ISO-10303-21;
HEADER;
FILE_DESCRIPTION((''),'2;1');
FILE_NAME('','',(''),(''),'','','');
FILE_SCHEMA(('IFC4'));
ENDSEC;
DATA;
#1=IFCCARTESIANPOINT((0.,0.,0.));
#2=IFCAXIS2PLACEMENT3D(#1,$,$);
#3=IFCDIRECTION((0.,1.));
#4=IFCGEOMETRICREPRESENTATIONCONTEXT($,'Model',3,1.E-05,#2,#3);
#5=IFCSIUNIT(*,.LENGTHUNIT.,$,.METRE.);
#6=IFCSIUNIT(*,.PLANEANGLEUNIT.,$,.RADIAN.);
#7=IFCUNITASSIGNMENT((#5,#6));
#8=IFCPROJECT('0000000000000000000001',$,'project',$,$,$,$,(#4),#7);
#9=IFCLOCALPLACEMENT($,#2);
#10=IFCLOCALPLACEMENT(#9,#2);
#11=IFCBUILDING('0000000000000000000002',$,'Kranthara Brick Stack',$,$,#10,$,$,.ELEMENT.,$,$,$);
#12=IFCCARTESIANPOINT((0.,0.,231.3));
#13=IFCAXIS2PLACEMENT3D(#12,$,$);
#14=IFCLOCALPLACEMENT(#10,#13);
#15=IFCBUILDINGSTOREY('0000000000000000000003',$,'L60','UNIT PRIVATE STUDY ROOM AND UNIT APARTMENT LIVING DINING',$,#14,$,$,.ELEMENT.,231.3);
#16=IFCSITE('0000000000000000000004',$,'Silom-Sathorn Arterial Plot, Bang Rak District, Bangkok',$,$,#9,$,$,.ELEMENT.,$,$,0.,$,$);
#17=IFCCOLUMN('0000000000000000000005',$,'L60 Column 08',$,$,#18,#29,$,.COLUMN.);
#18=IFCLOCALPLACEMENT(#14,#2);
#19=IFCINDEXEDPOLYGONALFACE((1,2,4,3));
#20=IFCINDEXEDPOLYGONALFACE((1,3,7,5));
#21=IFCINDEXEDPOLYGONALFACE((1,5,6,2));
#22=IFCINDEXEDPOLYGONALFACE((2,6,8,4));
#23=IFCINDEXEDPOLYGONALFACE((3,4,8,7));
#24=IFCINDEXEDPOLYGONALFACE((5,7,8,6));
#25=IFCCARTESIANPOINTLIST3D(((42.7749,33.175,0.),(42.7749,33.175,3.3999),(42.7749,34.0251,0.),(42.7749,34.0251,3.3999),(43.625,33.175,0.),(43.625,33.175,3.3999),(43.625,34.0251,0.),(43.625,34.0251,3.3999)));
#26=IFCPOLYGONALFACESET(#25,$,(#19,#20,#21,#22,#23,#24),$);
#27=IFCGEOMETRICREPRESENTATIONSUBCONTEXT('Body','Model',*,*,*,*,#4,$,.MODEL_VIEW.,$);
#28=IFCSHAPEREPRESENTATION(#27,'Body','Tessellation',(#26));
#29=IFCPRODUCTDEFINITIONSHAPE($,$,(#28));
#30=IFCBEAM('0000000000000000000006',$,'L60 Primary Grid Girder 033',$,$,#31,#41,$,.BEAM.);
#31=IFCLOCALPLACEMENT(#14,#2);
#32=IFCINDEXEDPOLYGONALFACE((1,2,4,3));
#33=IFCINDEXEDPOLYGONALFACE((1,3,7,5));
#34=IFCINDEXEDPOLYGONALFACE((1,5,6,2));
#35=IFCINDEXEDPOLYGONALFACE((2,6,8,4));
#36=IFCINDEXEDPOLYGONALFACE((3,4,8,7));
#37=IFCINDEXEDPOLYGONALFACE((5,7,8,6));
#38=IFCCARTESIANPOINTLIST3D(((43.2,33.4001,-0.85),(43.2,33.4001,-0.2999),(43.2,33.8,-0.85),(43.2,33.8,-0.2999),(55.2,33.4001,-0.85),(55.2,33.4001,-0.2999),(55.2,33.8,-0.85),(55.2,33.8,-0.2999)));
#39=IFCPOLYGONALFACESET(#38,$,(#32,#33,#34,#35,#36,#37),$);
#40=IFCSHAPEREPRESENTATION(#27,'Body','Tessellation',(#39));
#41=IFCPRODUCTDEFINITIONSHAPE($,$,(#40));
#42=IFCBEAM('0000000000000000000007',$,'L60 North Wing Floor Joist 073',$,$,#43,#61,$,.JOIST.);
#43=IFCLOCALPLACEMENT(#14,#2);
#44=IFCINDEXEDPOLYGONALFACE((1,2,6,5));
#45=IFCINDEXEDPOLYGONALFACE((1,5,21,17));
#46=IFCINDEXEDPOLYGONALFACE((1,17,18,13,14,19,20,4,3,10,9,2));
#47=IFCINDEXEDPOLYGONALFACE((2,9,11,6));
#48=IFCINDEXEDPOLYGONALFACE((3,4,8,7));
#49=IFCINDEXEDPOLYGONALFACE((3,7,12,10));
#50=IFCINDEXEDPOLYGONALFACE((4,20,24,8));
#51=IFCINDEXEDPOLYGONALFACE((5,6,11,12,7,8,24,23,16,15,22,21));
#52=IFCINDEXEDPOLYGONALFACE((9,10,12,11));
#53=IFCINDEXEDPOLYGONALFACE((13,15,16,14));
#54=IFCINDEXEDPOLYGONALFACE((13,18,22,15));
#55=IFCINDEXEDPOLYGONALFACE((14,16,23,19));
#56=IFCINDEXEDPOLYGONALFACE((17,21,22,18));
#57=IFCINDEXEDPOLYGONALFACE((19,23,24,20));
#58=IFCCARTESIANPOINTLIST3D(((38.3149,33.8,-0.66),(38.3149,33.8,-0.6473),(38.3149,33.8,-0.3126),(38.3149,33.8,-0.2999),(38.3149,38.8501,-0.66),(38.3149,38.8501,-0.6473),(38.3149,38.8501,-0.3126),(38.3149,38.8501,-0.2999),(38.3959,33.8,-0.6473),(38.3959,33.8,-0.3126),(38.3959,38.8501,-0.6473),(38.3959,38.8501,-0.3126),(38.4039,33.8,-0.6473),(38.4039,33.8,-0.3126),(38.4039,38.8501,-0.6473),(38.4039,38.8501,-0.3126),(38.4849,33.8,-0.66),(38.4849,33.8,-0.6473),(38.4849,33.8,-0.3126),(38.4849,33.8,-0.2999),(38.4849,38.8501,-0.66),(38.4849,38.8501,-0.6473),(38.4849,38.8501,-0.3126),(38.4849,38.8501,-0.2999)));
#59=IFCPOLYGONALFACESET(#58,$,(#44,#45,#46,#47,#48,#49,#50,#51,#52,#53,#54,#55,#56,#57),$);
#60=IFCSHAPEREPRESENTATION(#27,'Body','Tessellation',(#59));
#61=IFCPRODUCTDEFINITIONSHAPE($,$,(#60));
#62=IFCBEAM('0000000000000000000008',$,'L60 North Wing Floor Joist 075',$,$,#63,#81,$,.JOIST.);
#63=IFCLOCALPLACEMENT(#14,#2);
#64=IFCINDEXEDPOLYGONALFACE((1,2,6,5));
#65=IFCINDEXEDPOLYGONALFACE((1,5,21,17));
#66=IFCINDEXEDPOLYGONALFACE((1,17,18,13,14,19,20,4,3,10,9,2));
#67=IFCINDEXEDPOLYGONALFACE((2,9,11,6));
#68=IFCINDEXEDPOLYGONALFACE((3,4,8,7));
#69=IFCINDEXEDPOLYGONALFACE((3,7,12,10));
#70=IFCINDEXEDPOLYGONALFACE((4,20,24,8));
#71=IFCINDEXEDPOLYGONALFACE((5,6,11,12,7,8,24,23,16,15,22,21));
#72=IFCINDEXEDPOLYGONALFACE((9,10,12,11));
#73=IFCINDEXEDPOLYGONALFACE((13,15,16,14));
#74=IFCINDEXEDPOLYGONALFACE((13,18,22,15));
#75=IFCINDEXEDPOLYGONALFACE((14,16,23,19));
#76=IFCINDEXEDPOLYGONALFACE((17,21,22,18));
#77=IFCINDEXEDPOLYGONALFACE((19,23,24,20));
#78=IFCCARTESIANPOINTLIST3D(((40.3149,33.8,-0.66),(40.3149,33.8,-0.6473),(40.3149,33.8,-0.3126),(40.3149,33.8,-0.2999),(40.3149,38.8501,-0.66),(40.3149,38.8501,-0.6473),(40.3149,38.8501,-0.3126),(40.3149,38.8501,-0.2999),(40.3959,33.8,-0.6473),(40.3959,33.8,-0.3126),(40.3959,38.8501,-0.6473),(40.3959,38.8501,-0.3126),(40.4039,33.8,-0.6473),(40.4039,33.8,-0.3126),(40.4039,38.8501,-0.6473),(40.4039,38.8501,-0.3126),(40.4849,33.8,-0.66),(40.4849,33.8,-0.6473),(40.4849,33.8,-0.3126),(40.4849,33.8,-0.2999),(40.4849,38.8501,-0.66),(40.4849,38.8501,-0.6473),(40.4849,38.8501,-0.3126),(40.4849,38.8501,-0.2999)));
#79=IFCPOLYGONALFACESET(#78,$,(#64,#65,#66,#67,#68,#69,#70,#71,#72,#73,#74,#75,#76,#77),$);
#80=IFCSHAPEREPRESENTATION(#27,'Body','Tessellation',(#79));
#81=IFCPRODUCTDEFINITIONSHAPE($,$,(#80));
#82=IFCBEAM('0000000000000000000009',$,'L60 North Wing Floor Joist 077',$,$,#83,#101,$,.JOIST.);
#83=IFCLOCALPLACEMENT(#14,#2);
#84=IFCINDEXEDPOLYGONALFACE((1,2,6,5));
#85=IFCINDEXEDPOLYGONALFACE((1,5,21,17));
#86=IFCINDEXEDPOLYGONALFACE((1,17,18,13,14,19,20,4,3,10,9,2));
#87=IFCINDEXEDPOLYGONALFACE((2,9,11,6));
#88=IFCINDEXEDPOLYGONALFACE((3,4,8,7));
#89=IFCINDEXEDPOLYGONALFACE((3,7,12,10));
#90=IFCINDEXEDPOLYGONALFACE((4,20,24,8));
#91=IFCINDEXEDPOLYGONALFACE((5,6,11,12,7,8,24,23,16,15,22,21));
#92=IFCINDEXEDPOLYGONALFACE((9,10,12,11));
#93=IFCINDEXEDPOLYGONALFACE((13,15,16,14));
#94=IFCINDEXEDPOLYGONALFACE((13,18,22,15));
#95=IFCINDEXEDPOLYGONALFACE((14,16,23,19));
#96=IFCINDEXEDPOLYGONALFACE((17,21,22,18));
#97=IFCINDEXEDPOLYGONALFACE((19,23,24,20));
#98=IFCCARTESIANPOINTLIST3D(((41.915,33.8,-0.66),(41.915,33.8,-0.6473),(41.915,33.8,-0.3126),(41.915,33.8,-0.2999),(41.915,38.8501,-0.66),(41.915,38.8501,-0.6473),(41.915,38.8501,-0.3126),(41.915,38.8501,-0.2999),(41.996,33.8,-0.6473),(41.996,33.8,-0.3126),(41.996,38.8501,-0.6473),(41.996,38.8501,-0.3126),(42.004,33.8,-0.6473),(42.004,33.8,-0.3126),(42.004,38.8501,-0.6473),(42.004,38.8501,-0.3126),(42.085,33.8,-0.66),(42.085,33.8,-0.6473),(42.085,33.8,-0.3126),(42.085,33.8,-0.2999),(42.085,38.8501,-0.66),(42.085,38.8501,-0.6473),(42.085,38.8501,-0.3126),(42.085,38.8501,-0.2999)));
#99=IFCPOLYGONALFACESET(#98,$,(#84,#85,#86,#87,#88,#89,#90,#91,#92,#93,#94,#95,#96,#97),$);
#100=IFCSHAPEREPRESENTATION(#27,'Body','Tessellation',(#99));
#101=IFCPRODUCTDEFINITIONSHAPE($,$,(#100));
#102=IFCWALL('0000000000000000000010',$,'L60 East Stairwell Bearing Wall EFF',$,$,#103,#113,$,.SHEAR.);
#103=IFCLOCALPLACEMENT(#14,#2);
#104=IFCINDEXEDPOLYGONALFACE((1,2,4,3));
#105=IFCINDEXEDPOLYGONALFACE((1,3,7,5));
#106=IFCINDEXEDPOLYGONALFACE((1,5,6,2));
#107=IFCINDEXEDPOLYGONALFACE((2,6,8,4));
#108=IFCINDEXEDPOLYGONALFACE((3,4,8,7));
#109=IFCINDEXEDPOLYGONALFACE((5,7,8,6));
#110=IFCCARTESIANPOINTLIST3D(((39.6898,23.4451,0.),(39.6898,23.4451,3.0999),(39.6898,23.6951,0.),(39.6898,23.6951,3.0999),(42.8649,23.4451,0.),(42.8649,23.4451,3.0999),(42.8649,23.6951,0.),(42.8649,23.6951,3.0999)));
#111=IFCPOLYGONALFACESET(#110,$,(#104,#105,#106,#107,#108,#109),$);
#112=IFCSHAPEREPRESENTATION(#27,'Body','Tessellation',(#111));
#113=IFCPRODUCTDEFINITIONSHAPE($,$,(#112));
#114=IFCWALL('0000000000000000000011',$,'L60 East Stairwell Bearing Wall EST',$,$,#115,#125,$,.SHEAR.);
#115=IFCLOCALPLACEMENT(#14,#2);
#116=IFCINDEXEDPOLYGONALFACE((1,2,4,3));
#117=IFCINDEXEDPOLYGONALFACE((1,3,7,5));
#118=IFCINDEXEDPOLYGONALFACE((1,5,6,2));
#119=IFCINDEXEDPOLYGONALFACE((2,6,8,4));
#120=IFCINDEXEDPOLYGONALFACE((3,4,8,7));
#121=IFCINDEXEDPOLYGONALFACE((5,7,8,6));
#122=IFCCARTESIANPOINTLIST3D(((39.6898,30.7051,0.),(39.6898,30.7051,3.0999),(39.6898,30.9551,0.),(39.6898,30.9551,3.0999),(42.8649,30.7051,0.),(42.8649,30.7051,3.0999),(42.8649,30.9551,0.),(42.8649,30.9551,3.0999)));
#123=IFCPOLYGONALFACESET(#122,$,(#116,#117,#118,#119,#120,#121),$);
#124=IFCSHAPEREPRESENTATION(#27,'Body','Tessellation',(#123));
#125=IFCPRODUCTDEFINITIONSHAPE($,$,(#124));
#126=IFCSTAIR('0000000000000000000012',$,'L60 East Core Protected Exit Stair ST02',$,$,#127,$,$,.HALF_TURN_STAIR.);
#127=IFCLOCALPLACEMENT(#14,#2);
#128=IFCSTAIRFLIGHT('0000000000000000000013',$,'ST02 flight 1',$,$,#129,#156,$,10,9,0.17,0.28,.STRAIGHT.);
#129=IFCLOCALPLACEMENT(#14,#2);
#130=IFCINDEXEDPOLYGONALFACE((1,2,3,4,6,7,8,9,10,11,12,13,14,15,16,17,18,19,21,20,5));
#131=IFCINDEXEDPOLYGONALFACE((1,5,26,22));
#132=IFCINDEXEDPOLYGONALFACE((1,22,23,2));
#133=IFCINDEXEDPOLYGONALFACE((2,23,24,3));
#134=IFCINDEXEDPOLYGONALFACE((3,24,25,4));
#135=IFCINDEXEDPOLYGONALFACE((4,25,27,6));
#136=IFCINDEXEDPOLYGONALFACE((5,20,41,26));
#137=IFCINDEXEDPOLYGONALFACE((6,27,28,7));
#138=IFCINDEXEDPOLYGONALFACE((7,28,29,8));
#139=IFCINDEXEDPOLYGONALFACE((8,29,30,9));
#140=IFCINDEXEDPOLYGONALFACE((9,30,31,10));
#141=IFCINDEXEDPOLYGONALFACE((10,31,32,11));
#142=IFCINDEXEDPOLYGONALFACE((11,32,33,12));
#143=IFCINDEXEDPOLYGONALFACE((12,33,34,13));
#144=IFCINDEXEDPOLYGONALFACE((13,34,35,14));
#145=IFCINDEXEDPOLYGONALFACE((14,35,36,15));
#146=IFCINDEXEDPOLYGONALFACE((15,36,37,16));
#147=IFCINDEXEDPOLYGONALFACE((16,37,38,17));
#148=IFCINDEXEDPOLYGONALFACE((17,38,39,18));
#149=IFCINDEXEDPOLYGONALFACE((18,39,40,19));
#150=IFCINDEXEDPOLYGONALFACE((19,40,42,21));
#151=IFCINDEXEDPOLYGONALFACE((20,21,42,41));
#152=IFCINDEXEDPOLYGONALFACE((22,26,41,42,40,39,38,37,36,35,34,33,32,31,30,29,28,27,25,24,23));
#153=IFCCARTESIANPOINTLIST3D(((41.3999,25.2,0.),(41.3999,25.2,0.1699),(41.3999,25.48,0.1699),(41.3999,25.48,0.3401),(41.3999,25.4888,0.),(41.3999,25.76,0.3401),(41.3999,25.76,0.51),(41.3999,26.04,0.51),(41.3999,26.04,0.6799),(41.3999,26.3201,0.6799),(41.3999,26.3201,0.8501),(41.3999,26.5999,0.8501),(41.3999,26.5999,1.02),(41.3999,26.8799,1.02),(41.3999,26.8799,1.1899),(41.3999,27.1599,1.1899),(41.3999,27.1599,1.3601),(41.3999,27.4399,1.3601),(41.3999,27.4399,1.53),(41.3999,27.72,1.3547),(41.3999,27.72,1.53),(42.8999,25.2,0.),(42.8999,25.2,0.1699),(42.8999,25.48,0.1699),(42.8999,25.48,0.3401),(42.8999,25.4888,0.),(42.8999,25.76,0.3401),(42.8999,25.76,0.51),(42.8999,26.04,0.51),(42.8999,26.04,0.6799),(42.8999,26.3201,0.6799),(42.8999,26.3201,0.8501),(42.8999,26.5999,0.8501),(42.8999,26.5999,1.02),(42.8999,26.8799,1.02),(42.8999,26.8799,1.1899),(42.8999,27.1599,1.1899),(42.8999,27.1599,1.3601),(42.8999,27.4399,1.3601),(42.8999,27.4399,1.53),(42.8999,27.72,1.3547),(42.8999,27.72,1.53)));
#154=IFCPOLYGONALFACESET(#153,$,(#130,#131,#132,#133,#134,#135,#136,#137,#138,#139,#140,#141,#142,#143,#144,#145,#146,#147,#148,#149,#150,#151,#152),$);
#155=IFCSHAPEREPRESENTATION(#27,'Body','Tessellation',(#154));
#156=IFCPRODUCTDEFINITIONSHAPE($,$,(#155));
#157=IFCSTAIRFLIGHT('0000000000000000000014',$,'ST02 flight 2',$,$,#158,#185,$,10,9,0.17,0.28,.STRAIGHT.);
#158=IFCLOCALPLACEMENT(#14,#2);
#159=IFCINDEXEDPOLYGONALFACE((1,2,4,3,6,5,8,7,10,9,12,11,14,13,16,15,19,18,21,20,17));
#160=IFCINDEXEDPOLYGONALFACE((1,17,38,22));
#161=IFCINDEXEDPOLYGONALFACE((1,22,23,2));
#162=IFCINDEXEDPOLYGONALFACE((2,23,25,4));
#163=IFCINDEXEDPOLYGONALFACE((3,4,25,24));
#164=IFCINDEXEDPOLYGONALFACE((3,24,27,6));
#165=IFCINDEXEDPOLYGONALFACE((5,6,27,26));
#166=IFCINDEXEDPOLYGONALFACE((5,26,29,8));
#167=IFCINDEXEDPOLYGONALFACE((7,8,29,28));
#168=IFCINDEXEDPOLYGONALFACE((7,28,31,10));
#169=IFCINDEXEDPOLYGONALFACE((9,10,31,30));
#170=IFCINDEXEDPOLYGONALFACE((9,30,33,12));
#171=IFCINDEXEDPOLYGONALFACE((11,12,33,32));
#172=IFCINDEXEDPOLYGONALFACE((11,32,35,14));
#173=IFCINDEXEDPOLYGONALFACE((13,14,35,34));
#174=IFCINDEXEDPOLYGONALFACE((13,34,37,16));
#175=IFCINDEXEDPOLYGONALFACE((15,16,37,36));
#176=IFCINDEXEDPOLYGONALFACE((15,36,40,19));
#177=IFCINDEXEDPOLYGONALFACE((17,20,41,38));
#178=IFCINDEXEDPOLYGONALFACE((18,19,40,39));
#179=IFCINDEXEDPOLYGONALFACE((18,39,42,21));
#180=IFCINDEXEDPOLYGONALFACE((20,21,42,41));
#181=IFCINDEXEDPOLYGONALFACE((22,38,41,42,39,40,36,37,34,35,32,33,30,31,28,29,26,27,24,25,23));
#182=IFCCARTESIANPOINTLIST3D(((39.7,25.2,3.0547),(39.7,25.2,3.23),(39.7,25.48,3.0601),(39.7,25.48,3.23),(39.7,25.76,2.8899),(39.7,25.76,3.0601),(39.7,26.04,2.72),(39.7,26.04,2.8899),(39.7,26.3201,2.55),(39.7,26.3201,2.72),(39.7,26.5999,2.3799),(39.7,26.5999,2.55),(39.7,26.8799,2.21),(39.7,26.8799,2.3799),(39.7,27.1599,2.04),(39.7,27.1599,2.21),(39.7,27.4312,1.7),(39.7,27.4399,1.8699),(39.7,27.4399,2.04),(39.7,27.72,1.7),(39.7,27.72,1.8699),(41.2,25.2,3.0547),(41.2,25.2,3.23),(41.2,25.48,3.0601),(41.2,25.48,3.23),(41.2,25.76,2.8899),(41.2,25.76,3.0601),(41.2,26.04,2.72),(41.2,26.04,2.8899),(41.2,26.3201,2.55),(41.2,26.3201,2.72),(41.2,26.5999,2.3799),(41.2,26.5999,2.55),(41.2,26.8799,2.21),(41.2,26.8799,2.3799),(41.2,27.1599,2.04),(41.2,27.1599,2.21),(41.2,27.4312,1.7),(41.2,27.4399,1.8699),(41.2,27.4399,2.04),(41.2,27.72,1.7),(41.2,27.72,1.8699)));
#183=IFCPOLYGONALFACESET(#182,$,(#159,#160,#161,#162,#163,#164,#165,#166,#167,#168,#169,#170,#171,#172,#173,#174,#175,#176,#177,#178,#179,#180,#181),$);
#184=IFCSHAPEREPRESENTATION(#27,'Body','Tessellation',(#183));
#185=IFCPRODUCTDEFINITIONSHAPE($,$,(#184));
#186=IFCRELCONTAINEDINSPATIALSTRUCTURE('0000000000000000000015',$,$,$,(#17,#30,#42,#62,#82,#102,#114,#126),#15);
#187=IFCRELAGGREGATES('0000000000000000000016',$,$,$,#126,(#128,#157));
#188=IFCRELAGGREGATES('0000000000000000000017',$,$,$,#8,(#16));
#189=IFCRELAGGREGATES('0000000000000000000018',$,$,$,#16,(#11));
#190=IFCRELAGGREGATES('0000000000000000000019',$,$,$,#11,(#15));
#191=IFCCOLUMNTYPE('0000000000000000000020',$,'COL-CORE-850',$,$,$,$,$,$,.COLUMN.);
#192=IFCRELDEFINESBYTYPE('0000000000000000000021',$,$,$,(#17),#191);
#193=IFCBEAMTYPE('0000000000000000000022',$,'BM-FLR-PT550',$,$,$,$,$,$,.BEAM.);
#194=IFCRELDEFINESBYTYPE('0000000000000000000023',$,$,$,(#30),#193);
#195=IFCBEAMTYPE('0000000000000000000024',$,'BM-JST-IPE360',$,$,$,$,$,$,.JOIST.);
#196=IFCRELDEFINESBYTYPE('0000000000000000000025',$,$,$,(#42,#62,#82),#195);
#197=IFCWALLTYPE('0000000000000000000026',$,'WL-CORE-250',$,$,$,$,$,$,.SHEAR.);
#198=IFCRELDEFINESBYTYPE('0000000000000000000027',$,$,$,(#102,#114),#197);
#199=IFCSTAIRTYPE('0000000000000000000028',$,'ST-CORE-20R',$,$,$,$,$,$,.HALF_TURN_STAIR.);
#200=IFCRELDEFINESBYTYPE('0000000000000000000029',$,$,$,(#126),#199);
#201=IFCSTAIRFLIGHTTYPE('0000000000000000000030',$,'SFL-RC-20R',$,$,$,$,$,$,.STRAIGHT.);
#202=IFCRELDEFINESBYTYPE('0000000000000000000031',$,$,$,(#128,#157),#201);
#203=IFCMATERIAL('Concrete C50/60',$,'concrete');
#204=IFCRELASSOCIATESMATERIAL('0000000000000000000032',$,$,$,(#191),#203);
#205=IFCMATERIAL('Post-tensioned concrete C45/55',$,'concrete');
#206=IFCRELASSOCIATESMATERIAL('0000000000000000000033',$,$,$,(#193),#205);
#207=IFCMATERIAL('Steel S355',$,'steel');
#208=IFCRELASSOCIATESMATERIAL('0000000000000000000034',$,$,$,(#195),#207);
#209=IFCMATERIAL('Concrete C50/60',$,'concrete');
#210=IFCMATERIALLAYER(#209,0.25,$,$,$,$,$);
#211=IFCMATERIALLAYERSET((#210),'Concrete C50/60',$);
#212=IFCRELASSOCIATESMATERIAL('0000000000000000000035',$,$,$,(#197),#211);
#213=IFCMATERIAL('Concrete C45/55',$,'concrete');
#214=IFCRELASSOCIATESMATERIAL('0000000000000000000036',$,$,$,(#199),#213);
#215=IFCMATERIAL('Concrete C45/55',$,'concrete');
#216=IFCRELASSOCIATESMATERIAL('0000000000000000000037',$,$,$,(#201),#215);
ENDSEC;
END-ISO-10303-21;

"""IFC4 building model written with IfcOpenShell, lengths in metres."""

from ifc_helpers import new_model, si_unit, direction, frame, frame_2d, origin, origin_2d, place, context, subcontext, project, spatial, polyline, rectangle, i_section, outline, extrude, material, layer, layer_set, material_profile, profile_set, type_object, element, aggregate, save


model = new_model("IFC4")

# Units and contexts
model_context = context("Model", 3, precision=1e-05, world=origin(), true_north=direction((0.0, 1.0)))
body_context = subcontext(model_context, "Body", "Model", "MODEL_VIEW")
ifc_project = project(units=[si_unit("LENGTHUNIT", "METRE"), si_unit("PLANEANGLEUNIT", "RADIAN")], contexts=[model_context])

# Site, building, storey
site_placement = place(None, origin())
site = spatial("IfcSite", under=ifc_project, at=site_placement, Name="Silom-Sathorn Arterial Plot, Bang Rak District, Bangkok", CompositionType="ELEMENT", RefElevation=0.0)
building_placement = place(site_placement, origin())
building = spatial("IfcBuilding", under=site, at=building_placement, Name="Kranthara Brick Stack", CompositionType="ELEMENT")
storey_placement = place(building_placement, frame((0.0, 0.0, 231.3)))
storey = spatial("IfcBuildingStorey", under=building, at=storey_placement, Name="L60", Description="UNIT PRIVATE STUDY ROOM AND UNIT APARTMENT LIVING DINING", CompositionType="ELEMENT", Elevation=231.3)

# Column
ifc_material_1 = material(Name="Concrete C50/60", Category="concrete")
ifc_material_profile_1 = material_profile(ifc_material_1, rectangle(XDim=0.8501, YDim=0.8501, at=origin_2d()), Name="RC 850x850")
ifc_profile_set_1 = profile_set([ifc_material_profile_1], Name="Concrete C50/60")
column_type = type_object("IfcColumnType", Name="COL-CORE-850", PredefinedType="COLUMN", material=ifc_profile_set_1)
column_placement = place(storey_placement, frame((43.2, 33.6001, 0.0), z_axis=(0.0, 0.0, 1.0), x_axis=(1.0, 0.0, 0.0)))
element("IfcColumn", 1, at=column_placement, inside=storey, type_object=column_type, Name="L60 Column 08", PredefinedType="COLUMN", context=body_context, shape_type="SweptSolid", body=[
    extrude(rectangle(XDim=0.8501, YDim=0.8501, at=origin_2d()), origin(), (0.0, 0.0, 1.0), 3.3999),
])

# Beams
ifc_material_2 = material(Name="Post-tensioned concrete C45/55", Category="concrete")
ifc_material_profile_2 = material_profile(ifc_material_2, rectangle(XDim=0.3999, YDim=0.55, at=origin_2d()), Name="PT 400x550")
ifc_profile_set_2 = profile_set([ifc_material_profile_2], Name="Post-tensioned concrete C45/55")
beam_type_1 = type_object("IfcBeamType", Name="BM-FLR-PT550", PredefinedType="BEAM", material=ifc_profile_set_2)
beam_placement = place(storey_placement, frame((43.2, 33.6001, -0.575), z_axis=(1.0, 0.0, 0.0), x_axis=(0.0, 1.0, 0.0)))
element("IfcBeam", 2, at=beam_placement, inside=storey, type_object=beam_type_1, Name="L60 Primary Grid Girder 033", PredefinedType="BEAM", context=body_context, shape_type="SweptSolid", body=[
    extrude(rectangle(XDim=0.3999, YDim=0.55, at=origin_2d()), origin(), (0.0, 0.0, 1.0), 12.0),
])
ifc_material_3 = material(Name="Steel S355", Category="steel")
ifc_material_profile_3 = material_profile(ifc_material_3, i_section(OverallWidth=0.1699, OverallDepth=0.3601, WebThickness=0.0081, FlangeThickness=0.0127, at=origin_2d()), Name="IPE 360")
ifc_profile_set_3 = profile_set([ifc_material_profile_3], Name="Steel S355")
beam_type_2 = type_object("IfcBeamType", Name="BM-JST-IPE360", PredefinedType="JOIST", material=ifc_profile_set_3)
for number, where, z_axis, x_axis, name in (
    (3, (38.3999, 33.8, -0.48), (0.0, 1.0, 0.0), (-1.0, 0.0, 0.0), "L60 North Wing Floor Joist 073"),
    (4, (40.3999, 33.8, -0.48), (0.0, 1.0, 0.0), (-1.0, 0.0, 0.0), "L60 North Wing Floor Joist 075"),
    (5, (42.0, 33.8, -0.48), (0.0, 1.0, 0.0), (-1.0, 0.0, 0.0), "L60 North Wing Floor Joist 077"),
):
    element("IfcBeam", number, at=place(storey_placement, frame(where, z_axis=z_axis, x_axis=x_axis)), inside=storey, type_object=beam_type_2, Name=name, PredefinedType="JOIST", context=body_context, shape_type="SweptSolid", body=[
        extrude(i_section(OverallWidth=0.1699, OverallDepth=0.3601, WebThickness=0.0081, FlangeThickness=0.0127, at=origin_2d()), origin(), (0.0, 0.0, 1.0), 5.05),
    ])

# Walls
ifc_material_4 = material(Name="Concrete C50/60", Category="concrete")
ifc_layer = layer(ifc_material_4, 0.25)
ifc_layer_set = layer_set([ifc_layer], Name="Concrete C50/60")
wall_type = type_object("IfcWallType", Name="WL-CORE-250", PredefinedType="SHEAR", material=ifc_layer_set)
for number, where, z_axis, x_axis, name in (
    (6, (39.6899, 23.5701, 0.0), (0.0, 0.0, 1.0), (1.0, 0.0, 0.0), "L60 East Stairwell Bearing Wall EFF"),
    (7, (39.6899, 30.8301, 0.0), (0.0, 0.0, 1.0), (1.0, 0.0, 0.0), "L60 East Stairwell Bearing Wall EST"),
):
    element("IfcWall", number, at=place(storey_placement, frame(where, z_axis=z_axis, x_axis=x_axis)), inside=storey, type_object=wall_type, Name=name, PredefinedType="SHEAR", context=body_context, shape_type="SweptSolid", body=[
        extrude(rectangle(XDim=3.175, YDim=0.25, at=frame_2d((1.5874, 0.0))), origin(), (0.0, 0.0, 1.0), 3.0999),
    ])

# Stair, stair flights
ifc_material_5 = material(Name="Concrete C45/55", Category="concrete")
stair_type = type_object("IfcStairType", Name="ST-CORE-20R", PredefinedType="HALF_TURN_STAIR", material=ifc_material_5)
stair_placement = place(storey_placement, origin())
stair = element("IfcStair", 8, at=stair_placement, inside=storey, type_object=stair_type, Name="L60 East Core Protected Exit Stair ST02", PredefinedType="HALF_TURN_STAIR")
ifc_material_6 = material(Name="Concrete C45/55", Category="concrete")
stair_flight_type = type_object("IfcStairFlightType", Name="SFL-RC-20R", PredefinedType="STRAIGHT", material=ifc_material_6)
stair_flight_1_placement = place(storey_placement, frame((42.1499, 25.2, 0.0), z_axis=(0.0, 0.0, 1.0), x_axis=(0.0, 1.0, 0.0)))
stair_flight_1 = element("IfcStairFlight", 9, at=stair_flight_1_placement, type_object=stair_flight_type, Name="ST02 flight 1", NumberOfRisers=10, NumberOfTreads=9, PredefinedType="STRAIGHT", RiserHeight=0.17, TreadLength=0.28, context=body_context, shape_type="SweptSolid", body=[
    extrude(outline(polyline([(0.0, 0.0), (0.0, 0.1699), (0.28, 0.1699), (0.28, 0.3401), (0.5601, 0.3401), (0.5601, 0.51), (0.8401, 0.51), (0.8401, 0.6799), (1.1201, 0.6799), (1.1201, 0.8501), (1.3999, 0.8501), (1.3999, 1.02), (1.6799, 1.02), (1.6799, 1.1899), (1.96, 1.1899), (1.96, 1.3601), (2.24, 1.3601), (2.24, 1.53), (2.52, 1.53), (2.52, 1.7), (2.52, 1.3547), (0.2888, 0.0), (0.0, 0.0)])), frame((0.0, 0.75, 0.0), z_axis=(0.0, -1.0, 0.0), x_axis=(1.0, 0.0, 0.0)), (0.0, 0.0, 1.0), 1.5),
])
stair_flight_2_placement = place(storey_placement, frame((40.45, 27.72, 1.7), z_axis=(0.0, 0.0, 1.0), x_axis=(0.0, -1.0, 0.0)))
stair_flight_2 = element("IfcStairFlight", 10, at=stair_flight_2_placement, type_object=stair_flight_type, Name="ST02 flight 2", NumberOfRisers=10, NumberOfTreads=9, PredefinedType="STRAIGHT", RiserHeight=0.17, TreadLength=0.28, context=body_context, shape_type="SweptSolid", body=[
    extrude(outline(polyline([(0.0, 0.0), (0.0, 0.1699), (0.28, 0.1699), (0.28, 0.3401), (0.5601, 0.3401), (0.5601, 0.51), (0.8401, 0.51), (0.8401, 0.6799), (1.1201, 0.6799), (1.1201, 0.8501), (1.3999, 0.8501), (1.3999, 1.02), (1.6799, 1.02), (1.6799, 1.1899), (1.96, 1.1899), (1.96, 1.3601), (2.24, 1.3601), (2.24, 1.53), (2.52, 1.53), (2.52, 1.7), (2.52, 1.3547), (0.2888, 0.0), (0.0, 0.0)])), frame((0.0, 0.75, 0.0), z_axis=(0.0, -1.0, 0.0), x_axis=(1.0, 0.0, 0.0)), (0.0, 0.0, 1.0), 1.5),
])
aggregate(stair, [stair_flight_1, stair_flight_2])

save(model, "model.ifc")
